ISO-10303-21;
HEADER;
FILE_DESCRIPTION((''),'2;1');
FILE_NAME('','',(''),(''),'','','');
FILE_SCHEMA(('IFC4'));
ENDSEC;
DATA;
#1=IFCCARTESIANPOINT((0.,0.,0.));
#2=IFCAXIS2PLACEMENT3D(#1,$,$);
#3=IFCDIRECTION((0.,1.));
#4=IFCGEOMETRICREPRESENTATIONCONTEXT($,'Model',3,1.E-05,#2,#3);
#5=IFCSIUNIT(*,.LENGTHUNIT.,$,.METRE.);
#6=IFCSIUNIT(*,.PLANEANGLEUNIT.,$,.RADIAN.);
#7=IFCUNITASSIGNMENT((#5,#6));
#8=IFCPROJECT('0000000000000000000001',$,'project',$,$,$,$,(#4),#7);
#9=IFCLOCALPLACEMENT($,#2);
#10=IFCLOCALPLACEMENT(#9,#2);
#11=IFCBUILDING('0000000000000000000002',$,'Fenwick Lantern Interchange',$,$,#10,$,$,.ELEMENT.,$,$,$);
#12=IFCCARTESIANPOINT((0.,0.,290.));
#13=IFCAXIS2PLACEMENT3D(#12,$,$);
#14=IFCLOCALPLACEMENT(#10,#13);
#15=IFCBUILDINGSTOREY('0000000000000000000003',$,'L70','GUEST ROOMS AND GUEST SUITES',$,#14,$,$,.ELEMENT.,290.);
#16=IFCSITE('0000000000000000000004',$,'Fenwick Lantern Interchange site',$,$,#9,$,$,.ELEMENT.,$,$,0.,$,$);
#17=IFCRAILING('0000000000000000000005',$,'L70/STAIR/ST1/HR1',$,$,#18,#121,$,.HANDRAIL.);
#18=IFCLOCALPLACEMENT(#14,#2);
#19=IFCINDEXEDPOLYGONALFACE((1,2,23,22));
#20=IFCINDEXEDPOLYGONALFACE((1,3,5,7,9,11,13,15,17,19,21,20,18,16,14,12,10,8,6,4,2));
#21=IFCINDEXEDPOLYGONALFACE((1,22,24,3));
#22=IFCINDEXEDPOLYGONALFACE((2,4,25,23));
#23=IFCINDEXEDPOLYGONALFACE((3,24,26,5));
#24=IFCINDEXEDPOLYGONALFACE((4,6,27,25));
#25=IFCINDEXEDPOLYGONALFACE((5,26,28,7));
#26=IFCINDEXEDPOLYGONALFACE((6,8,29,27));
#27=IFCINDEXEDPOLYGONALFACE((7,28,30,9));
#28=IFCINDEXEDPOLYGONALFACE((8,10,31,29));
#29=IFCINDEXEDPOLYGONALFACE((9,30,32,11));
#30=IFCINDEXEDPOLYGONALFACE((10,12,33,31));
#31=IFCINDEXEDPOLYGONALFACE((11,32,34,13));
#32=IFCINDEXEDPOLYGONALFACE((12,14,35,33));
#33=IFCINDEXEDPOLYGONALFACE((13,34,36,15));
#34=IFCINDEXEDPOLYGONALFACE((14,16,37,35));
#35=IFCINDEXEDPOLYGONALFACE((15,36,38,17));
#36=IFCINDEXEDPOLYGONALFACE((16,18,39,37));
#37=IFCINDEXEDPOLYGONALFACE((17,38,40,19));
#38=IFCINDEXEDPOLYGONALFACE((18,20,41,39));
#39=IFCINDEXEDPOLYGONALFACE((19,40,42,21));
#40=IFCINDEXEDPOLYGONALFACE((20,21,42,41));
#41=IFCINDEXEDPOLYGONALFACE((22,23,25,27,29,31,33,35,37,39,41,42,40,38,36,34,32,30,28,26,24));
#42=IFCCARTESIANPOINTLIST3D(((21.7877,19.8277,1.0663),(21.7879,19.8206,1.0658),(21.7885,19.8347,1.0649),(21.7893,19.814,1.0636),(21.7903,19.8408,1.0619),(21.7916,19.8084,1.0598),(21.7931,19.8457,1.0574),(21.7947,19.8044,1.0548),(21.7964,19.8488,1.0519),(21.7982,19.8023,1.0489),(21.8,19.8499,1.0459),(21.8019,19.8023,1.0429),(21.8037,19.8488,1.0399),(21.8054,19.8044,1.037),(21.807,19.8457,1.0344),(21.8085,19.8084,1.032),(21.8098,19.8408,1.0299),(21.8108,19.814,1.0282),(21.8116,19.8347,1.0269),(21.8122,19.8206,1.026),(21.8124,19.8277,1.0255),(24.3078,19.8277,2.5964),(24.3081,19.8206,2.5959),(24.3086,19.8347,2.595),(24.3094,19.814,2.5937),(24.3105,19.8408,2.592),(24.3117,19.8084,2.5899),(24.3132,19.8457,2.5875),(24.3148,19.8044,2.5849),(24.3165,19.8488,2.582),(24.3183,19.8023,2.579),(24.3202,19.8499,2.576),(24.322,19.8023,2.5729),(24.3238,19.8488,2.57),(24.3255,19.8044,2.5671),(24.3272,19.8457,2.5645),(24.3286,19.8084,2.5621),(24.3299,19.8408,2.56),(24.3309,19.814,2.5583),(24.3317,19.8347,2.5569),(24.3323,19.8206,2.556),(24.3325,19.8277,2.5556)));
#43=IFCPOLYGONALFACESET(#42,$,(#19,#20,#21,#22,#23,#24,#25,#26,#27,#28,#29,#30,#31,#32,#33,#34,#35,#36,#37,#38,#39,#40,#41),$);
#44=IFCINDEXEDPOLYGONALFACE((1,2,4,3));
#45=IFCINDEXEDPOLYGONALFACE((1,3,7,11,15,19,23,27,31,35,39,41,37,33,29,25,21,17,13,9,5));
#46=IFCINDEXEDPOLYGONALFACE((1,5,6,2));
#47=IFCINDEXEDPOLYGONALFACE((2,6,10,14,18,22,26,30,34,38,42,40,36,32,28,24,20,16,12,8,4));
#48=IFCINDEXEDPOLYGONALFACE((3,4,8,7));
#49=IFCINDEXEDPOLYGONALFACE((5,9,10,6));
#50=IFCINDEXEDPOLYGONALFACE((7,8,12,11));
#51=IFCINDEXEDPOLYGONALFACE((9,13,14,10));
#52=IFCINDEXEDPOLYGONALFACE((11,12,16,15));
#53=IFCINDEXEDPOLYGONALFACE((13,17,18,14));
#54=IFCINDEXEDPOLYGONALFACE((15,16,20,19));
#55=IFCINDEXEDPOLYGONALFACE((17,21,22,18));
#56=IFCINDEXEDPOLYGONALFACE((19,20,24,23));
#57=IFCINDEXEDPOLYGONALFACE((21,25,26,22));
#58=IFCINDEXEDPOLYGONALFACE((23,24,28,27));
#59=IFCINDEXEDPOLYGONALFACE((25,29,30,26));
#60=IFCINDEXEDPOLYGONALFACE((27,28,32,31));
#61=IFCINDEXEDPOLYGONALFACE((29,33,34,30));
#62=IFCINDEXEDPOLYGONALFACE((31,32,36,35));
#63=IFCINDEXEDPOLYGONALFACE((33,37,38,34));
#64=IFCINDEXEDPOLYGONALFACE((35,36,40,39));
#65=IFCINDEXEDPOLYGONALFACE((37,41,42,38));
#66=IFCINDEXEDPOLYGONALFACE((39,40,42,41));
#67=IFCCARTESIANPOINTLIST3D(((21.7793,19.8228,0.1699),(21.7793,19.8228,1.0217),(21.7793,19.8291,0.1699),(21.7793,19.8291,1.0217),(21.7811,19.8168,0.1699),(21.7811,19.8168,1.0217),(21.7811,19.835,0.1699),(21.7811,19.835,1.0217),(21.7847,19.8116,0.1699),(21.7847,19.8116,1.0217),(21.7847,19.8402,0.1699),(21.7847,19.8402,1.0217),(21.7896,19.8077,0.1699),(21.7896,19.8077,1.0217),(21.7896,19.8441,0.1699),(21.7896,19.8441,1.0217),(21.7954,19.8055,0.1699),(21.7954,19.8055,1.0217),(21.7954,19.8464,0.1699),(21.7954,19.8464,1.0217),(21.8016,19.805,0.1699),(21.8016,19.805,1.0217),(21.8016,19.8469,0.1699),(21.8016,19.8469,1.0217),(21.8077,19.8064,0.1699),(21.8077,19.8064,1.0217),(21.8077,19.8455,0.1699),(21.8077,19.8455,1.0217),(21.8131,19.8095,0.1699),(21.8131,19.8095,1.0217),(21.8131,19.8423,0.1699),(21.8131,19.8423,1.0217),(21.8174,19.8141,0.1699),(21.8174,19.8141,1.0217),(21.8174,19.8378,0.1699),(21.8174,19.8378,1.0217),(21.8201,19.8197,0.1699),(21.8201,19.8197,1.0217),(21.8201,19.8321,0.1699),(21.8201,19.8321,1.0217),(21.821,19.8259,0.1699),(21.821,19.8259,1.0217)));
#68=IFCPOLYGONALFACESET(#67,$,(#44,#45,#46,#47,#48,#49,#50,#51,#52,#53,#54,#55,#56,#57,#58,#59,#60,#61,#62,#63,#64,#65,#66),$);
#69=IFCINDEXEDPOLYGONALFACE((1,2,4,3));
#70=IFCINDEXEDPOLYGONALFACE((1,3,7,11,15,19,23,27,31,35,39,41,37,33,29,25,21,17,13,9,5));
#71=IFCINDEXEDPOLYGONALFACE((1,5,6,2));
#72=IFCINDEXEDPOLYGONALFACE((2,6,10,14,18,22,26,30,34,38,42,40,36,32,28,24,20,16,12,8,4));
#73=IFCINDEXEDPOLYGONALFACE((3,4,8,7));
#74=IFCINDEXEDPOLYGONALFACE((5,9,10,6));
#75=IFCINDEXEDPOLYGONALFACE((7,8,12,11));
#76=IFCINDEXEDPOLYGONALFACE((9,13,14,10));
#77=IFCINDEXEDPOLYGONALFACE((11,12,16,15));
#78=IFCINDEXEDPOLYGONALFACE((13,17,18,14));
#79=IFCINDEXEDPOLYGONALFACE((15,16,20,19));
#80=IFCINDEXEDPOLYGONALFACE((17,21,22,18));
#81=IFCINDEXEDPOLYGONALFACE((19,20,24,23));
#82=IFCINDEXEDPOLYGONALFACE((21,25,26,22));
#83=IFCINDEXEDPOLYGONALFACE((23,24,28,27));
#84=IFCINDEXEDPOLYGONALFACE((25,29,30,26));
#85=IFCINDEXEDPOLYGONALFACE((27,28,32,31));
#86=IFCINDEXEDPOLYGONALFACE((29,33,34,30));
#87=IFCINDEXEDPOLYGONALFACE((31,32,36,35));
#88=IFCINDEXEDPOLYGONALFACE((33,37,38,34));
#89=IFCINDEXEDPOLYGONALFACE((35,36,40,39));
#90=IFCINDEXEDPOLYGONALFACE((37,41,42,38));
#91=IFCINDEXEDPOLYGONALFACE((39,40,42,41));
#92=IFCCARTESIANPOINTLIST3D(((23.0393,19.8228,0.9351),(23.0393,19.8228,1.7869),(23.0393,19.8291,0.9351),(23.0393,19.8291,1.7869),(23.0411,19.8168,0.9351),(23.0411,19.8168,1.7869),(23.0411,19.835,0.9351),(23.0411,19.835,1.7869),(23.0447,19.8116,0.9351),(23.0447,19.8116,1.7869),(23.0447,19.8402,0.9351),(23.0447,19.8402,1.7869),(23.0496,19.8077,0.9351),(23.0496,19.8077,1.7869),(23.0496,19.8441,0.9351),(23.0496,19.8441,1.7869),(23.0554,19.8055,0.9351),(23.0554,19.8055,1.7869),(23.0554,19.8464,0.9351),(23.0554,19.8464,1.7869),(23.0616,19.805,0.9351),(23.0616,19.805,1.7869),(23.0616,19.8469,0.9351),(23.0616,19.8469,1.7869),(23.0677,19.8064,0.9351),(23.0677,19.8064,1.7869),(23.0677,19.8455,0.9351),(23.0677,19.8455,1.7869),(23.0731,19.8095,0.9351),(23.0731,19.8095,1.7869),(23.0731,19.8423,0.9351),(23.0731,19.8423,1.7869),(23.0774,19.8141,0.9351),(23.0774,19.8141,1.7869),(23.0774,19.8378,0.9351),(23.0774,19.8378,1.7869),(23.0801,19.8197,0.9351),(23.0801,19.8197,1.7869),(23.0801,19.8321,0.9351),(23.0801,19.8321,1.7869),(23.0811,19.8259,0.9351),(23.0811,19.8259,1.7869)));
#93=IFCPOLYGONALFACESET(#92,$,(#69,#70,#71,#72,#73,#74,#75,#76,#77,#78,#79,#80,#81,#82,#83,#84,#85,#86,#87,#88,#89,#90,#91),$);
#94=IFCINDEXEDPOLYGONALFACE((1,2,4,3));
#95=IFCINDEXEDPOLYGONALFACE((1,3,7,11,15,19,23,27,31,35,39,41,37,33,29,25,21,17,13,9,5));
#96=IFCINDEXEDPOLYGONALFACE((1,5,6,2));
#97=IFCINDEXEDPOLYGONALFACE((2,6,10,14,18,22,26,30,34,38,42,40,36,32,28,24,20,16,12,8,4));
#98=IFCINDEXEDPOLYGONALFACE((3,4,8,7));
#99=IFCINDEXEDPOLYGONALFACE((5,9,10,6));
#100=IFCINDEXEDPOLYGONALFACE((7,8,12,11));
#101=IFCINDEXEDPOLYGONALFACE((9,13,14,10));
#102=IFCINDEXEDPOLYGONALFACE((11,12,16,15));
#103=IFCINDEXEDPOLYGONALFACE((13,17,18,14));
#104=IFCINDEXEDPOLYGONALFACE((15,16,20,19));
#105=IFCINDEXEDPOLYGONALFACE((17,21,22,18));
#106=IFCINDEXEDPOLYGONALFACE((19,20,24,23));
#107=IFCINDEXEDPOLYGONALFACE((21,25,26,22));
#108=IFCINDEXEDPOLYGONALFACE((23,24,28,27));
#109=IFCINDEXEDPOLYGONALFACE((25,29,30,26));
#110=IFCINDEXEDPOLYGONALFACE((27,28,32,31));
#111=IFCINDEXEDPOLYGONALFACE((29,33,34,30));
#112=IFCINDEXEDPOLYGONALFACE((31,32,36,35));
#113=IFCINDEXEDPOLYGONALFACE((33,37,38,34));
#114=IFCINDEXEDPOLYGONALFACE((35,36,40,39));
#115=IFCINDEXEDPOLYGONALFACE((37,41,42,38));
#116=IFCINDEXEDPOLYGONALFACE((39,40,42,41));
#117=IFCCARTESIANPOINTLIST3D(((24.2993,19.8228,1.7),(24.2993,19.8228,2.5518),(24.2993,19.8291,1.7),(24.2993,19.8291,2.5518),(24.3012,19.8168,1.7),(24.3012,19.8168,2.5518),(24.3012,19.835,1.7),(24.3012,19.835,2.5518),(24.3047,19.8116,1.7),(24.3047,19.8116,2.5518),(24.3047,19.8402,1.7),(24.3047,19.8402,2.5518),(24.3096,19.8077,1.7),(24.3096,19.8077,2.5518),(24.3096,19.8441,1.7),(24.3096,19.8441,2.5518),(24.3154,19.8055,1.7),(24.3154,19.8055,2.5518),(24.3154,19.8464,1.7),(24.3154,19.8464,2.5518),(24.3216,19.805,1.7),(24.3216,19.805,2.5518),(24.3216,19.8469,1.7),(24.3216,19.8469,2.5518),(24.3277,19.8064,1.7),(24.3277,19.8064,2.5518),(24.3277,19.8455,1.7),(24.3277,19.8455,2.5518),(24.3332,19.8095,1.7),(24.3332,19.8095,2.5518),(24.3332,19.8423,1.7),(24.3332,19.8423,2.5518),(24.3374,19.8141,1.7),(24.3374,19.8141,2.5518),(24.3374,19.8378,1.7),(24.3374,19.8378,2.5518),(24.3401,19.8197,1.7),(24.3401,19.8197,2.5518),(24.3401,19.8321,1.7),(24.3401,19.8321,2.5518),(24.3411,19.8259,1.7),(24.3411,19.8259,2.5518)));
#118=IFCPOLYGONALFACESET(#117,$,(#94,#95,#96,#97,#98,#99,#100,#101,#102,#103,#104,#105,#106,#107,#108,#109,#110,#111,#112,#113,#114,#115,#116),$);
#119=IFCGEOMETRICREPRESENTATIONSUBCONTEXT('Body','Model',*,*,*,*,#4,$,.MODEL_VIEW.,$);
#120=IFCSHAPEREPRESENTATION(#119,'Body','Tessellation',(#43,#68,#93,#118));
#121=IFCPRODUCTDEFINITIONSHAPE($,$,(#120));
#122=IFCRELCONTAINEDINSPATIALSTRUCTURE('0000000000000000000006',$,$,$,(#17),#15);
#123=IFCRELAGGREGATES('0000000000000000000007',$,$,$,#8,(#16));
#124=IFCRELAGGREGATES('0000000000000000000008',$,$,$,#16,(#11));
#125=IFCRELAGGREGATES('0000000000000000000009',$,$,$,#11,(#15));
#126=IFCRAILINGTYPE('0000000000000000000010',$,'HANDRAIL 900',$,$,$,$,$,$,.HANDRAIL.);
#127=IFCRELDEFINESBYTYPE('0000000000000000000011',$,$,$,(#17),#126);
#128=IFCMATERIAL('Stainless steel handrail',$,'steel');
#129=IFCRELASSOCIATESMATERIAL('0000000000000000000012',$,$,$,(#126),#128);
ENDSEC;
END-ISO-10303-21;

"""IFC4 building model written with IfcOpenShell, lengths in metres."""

from ifc_helpers import new_model, si_unit, direction, frame, origin, origin_2d, place, context, subcontext, project, spatial, circle, extrude, material, type_object, element, save


model = new_model("IFC4")

# Units and contexts
model_context = context("Model", 3, precision=1e-05, world=origin(), true_north=direction((0.0, 1.0)))
body_context = subcontext(model_context, "Body", "Model", "MODEL_VIEW")
ifc_project = project(units=[si_unit("LENGTHUNIT", "METRE"), si_unit("PLANEANGLEUNIT", "RADIAN")], contexts=[model_context])

# Site, building, storey
site_placement = place(None, origin())
site = spatial("IfcSite", under=ifc_project, at=site_placement, Name="Fenwick Lantern Interchange site", CompositionType="ELEMENT", RefElevation=0.0)
building_placement = place(site_placement, origin())
building = spatial("IfcBuilding", under=site, at=building_placement, Name="Fenwick Lantern Interchange", CompositionType="ELEMENT")
storey_placement = place(building_placement, frame((0.0, 0.0, 290.0)))
storey = spatial("IfcBuildingStorey", under=building, at=storey_placement, Name="L70", Description="GUEST ROOMS AND GUEST SUITES", CompositionType="ELEMENT", Elevation=290.0)

# Railing
ifc_material_1 = material(Name="Stainless steel handrail", Category="steel")
railing_type = type_object("IfcRailingType", Name="HANDRAIL 900", PredefinedType="HANDRAIL", material=ifc_material_1)
railing_1_placement = place(storey_placement, frame((21.8, 19.8259, 0.1699)))
element("IfcRailing", 1, at=railing_1_placement, inside=storey, type_object=railing_type, Name="L70/STAIR/ST1/HR1", PredefinedType="HANDRAIL", context=body_context, shape_type="SweptSolid", body=[
    extrude(circle(Radius=0.0239, at=origin_2d()), frame((0.0, 0.0, 0.876), z_axis=(0.854785, 0.0, 0.518982), x_axis=(0.0, 1.0, 0.0)), (0.0, 0.0, 1.0), 2.9482),
    extrude(circle(Radius=0.021, at=origin_2d()), origin(), (0.0, 0.0, 1.0), 0.8518),
    extrude(circle(Radius=0.021, at=origin_2d()), frame((1.26, 0.0, 0.7651)), (0.0, 0.0, 1.0), 0.8518),
    extrude(circle(Radius=0.021, at=origin_2d()), frame((2.52, 0.0, 1.53)), (0.0, 0.0, 1.0), 0.8518),
])

save(model, "model.ifc")
